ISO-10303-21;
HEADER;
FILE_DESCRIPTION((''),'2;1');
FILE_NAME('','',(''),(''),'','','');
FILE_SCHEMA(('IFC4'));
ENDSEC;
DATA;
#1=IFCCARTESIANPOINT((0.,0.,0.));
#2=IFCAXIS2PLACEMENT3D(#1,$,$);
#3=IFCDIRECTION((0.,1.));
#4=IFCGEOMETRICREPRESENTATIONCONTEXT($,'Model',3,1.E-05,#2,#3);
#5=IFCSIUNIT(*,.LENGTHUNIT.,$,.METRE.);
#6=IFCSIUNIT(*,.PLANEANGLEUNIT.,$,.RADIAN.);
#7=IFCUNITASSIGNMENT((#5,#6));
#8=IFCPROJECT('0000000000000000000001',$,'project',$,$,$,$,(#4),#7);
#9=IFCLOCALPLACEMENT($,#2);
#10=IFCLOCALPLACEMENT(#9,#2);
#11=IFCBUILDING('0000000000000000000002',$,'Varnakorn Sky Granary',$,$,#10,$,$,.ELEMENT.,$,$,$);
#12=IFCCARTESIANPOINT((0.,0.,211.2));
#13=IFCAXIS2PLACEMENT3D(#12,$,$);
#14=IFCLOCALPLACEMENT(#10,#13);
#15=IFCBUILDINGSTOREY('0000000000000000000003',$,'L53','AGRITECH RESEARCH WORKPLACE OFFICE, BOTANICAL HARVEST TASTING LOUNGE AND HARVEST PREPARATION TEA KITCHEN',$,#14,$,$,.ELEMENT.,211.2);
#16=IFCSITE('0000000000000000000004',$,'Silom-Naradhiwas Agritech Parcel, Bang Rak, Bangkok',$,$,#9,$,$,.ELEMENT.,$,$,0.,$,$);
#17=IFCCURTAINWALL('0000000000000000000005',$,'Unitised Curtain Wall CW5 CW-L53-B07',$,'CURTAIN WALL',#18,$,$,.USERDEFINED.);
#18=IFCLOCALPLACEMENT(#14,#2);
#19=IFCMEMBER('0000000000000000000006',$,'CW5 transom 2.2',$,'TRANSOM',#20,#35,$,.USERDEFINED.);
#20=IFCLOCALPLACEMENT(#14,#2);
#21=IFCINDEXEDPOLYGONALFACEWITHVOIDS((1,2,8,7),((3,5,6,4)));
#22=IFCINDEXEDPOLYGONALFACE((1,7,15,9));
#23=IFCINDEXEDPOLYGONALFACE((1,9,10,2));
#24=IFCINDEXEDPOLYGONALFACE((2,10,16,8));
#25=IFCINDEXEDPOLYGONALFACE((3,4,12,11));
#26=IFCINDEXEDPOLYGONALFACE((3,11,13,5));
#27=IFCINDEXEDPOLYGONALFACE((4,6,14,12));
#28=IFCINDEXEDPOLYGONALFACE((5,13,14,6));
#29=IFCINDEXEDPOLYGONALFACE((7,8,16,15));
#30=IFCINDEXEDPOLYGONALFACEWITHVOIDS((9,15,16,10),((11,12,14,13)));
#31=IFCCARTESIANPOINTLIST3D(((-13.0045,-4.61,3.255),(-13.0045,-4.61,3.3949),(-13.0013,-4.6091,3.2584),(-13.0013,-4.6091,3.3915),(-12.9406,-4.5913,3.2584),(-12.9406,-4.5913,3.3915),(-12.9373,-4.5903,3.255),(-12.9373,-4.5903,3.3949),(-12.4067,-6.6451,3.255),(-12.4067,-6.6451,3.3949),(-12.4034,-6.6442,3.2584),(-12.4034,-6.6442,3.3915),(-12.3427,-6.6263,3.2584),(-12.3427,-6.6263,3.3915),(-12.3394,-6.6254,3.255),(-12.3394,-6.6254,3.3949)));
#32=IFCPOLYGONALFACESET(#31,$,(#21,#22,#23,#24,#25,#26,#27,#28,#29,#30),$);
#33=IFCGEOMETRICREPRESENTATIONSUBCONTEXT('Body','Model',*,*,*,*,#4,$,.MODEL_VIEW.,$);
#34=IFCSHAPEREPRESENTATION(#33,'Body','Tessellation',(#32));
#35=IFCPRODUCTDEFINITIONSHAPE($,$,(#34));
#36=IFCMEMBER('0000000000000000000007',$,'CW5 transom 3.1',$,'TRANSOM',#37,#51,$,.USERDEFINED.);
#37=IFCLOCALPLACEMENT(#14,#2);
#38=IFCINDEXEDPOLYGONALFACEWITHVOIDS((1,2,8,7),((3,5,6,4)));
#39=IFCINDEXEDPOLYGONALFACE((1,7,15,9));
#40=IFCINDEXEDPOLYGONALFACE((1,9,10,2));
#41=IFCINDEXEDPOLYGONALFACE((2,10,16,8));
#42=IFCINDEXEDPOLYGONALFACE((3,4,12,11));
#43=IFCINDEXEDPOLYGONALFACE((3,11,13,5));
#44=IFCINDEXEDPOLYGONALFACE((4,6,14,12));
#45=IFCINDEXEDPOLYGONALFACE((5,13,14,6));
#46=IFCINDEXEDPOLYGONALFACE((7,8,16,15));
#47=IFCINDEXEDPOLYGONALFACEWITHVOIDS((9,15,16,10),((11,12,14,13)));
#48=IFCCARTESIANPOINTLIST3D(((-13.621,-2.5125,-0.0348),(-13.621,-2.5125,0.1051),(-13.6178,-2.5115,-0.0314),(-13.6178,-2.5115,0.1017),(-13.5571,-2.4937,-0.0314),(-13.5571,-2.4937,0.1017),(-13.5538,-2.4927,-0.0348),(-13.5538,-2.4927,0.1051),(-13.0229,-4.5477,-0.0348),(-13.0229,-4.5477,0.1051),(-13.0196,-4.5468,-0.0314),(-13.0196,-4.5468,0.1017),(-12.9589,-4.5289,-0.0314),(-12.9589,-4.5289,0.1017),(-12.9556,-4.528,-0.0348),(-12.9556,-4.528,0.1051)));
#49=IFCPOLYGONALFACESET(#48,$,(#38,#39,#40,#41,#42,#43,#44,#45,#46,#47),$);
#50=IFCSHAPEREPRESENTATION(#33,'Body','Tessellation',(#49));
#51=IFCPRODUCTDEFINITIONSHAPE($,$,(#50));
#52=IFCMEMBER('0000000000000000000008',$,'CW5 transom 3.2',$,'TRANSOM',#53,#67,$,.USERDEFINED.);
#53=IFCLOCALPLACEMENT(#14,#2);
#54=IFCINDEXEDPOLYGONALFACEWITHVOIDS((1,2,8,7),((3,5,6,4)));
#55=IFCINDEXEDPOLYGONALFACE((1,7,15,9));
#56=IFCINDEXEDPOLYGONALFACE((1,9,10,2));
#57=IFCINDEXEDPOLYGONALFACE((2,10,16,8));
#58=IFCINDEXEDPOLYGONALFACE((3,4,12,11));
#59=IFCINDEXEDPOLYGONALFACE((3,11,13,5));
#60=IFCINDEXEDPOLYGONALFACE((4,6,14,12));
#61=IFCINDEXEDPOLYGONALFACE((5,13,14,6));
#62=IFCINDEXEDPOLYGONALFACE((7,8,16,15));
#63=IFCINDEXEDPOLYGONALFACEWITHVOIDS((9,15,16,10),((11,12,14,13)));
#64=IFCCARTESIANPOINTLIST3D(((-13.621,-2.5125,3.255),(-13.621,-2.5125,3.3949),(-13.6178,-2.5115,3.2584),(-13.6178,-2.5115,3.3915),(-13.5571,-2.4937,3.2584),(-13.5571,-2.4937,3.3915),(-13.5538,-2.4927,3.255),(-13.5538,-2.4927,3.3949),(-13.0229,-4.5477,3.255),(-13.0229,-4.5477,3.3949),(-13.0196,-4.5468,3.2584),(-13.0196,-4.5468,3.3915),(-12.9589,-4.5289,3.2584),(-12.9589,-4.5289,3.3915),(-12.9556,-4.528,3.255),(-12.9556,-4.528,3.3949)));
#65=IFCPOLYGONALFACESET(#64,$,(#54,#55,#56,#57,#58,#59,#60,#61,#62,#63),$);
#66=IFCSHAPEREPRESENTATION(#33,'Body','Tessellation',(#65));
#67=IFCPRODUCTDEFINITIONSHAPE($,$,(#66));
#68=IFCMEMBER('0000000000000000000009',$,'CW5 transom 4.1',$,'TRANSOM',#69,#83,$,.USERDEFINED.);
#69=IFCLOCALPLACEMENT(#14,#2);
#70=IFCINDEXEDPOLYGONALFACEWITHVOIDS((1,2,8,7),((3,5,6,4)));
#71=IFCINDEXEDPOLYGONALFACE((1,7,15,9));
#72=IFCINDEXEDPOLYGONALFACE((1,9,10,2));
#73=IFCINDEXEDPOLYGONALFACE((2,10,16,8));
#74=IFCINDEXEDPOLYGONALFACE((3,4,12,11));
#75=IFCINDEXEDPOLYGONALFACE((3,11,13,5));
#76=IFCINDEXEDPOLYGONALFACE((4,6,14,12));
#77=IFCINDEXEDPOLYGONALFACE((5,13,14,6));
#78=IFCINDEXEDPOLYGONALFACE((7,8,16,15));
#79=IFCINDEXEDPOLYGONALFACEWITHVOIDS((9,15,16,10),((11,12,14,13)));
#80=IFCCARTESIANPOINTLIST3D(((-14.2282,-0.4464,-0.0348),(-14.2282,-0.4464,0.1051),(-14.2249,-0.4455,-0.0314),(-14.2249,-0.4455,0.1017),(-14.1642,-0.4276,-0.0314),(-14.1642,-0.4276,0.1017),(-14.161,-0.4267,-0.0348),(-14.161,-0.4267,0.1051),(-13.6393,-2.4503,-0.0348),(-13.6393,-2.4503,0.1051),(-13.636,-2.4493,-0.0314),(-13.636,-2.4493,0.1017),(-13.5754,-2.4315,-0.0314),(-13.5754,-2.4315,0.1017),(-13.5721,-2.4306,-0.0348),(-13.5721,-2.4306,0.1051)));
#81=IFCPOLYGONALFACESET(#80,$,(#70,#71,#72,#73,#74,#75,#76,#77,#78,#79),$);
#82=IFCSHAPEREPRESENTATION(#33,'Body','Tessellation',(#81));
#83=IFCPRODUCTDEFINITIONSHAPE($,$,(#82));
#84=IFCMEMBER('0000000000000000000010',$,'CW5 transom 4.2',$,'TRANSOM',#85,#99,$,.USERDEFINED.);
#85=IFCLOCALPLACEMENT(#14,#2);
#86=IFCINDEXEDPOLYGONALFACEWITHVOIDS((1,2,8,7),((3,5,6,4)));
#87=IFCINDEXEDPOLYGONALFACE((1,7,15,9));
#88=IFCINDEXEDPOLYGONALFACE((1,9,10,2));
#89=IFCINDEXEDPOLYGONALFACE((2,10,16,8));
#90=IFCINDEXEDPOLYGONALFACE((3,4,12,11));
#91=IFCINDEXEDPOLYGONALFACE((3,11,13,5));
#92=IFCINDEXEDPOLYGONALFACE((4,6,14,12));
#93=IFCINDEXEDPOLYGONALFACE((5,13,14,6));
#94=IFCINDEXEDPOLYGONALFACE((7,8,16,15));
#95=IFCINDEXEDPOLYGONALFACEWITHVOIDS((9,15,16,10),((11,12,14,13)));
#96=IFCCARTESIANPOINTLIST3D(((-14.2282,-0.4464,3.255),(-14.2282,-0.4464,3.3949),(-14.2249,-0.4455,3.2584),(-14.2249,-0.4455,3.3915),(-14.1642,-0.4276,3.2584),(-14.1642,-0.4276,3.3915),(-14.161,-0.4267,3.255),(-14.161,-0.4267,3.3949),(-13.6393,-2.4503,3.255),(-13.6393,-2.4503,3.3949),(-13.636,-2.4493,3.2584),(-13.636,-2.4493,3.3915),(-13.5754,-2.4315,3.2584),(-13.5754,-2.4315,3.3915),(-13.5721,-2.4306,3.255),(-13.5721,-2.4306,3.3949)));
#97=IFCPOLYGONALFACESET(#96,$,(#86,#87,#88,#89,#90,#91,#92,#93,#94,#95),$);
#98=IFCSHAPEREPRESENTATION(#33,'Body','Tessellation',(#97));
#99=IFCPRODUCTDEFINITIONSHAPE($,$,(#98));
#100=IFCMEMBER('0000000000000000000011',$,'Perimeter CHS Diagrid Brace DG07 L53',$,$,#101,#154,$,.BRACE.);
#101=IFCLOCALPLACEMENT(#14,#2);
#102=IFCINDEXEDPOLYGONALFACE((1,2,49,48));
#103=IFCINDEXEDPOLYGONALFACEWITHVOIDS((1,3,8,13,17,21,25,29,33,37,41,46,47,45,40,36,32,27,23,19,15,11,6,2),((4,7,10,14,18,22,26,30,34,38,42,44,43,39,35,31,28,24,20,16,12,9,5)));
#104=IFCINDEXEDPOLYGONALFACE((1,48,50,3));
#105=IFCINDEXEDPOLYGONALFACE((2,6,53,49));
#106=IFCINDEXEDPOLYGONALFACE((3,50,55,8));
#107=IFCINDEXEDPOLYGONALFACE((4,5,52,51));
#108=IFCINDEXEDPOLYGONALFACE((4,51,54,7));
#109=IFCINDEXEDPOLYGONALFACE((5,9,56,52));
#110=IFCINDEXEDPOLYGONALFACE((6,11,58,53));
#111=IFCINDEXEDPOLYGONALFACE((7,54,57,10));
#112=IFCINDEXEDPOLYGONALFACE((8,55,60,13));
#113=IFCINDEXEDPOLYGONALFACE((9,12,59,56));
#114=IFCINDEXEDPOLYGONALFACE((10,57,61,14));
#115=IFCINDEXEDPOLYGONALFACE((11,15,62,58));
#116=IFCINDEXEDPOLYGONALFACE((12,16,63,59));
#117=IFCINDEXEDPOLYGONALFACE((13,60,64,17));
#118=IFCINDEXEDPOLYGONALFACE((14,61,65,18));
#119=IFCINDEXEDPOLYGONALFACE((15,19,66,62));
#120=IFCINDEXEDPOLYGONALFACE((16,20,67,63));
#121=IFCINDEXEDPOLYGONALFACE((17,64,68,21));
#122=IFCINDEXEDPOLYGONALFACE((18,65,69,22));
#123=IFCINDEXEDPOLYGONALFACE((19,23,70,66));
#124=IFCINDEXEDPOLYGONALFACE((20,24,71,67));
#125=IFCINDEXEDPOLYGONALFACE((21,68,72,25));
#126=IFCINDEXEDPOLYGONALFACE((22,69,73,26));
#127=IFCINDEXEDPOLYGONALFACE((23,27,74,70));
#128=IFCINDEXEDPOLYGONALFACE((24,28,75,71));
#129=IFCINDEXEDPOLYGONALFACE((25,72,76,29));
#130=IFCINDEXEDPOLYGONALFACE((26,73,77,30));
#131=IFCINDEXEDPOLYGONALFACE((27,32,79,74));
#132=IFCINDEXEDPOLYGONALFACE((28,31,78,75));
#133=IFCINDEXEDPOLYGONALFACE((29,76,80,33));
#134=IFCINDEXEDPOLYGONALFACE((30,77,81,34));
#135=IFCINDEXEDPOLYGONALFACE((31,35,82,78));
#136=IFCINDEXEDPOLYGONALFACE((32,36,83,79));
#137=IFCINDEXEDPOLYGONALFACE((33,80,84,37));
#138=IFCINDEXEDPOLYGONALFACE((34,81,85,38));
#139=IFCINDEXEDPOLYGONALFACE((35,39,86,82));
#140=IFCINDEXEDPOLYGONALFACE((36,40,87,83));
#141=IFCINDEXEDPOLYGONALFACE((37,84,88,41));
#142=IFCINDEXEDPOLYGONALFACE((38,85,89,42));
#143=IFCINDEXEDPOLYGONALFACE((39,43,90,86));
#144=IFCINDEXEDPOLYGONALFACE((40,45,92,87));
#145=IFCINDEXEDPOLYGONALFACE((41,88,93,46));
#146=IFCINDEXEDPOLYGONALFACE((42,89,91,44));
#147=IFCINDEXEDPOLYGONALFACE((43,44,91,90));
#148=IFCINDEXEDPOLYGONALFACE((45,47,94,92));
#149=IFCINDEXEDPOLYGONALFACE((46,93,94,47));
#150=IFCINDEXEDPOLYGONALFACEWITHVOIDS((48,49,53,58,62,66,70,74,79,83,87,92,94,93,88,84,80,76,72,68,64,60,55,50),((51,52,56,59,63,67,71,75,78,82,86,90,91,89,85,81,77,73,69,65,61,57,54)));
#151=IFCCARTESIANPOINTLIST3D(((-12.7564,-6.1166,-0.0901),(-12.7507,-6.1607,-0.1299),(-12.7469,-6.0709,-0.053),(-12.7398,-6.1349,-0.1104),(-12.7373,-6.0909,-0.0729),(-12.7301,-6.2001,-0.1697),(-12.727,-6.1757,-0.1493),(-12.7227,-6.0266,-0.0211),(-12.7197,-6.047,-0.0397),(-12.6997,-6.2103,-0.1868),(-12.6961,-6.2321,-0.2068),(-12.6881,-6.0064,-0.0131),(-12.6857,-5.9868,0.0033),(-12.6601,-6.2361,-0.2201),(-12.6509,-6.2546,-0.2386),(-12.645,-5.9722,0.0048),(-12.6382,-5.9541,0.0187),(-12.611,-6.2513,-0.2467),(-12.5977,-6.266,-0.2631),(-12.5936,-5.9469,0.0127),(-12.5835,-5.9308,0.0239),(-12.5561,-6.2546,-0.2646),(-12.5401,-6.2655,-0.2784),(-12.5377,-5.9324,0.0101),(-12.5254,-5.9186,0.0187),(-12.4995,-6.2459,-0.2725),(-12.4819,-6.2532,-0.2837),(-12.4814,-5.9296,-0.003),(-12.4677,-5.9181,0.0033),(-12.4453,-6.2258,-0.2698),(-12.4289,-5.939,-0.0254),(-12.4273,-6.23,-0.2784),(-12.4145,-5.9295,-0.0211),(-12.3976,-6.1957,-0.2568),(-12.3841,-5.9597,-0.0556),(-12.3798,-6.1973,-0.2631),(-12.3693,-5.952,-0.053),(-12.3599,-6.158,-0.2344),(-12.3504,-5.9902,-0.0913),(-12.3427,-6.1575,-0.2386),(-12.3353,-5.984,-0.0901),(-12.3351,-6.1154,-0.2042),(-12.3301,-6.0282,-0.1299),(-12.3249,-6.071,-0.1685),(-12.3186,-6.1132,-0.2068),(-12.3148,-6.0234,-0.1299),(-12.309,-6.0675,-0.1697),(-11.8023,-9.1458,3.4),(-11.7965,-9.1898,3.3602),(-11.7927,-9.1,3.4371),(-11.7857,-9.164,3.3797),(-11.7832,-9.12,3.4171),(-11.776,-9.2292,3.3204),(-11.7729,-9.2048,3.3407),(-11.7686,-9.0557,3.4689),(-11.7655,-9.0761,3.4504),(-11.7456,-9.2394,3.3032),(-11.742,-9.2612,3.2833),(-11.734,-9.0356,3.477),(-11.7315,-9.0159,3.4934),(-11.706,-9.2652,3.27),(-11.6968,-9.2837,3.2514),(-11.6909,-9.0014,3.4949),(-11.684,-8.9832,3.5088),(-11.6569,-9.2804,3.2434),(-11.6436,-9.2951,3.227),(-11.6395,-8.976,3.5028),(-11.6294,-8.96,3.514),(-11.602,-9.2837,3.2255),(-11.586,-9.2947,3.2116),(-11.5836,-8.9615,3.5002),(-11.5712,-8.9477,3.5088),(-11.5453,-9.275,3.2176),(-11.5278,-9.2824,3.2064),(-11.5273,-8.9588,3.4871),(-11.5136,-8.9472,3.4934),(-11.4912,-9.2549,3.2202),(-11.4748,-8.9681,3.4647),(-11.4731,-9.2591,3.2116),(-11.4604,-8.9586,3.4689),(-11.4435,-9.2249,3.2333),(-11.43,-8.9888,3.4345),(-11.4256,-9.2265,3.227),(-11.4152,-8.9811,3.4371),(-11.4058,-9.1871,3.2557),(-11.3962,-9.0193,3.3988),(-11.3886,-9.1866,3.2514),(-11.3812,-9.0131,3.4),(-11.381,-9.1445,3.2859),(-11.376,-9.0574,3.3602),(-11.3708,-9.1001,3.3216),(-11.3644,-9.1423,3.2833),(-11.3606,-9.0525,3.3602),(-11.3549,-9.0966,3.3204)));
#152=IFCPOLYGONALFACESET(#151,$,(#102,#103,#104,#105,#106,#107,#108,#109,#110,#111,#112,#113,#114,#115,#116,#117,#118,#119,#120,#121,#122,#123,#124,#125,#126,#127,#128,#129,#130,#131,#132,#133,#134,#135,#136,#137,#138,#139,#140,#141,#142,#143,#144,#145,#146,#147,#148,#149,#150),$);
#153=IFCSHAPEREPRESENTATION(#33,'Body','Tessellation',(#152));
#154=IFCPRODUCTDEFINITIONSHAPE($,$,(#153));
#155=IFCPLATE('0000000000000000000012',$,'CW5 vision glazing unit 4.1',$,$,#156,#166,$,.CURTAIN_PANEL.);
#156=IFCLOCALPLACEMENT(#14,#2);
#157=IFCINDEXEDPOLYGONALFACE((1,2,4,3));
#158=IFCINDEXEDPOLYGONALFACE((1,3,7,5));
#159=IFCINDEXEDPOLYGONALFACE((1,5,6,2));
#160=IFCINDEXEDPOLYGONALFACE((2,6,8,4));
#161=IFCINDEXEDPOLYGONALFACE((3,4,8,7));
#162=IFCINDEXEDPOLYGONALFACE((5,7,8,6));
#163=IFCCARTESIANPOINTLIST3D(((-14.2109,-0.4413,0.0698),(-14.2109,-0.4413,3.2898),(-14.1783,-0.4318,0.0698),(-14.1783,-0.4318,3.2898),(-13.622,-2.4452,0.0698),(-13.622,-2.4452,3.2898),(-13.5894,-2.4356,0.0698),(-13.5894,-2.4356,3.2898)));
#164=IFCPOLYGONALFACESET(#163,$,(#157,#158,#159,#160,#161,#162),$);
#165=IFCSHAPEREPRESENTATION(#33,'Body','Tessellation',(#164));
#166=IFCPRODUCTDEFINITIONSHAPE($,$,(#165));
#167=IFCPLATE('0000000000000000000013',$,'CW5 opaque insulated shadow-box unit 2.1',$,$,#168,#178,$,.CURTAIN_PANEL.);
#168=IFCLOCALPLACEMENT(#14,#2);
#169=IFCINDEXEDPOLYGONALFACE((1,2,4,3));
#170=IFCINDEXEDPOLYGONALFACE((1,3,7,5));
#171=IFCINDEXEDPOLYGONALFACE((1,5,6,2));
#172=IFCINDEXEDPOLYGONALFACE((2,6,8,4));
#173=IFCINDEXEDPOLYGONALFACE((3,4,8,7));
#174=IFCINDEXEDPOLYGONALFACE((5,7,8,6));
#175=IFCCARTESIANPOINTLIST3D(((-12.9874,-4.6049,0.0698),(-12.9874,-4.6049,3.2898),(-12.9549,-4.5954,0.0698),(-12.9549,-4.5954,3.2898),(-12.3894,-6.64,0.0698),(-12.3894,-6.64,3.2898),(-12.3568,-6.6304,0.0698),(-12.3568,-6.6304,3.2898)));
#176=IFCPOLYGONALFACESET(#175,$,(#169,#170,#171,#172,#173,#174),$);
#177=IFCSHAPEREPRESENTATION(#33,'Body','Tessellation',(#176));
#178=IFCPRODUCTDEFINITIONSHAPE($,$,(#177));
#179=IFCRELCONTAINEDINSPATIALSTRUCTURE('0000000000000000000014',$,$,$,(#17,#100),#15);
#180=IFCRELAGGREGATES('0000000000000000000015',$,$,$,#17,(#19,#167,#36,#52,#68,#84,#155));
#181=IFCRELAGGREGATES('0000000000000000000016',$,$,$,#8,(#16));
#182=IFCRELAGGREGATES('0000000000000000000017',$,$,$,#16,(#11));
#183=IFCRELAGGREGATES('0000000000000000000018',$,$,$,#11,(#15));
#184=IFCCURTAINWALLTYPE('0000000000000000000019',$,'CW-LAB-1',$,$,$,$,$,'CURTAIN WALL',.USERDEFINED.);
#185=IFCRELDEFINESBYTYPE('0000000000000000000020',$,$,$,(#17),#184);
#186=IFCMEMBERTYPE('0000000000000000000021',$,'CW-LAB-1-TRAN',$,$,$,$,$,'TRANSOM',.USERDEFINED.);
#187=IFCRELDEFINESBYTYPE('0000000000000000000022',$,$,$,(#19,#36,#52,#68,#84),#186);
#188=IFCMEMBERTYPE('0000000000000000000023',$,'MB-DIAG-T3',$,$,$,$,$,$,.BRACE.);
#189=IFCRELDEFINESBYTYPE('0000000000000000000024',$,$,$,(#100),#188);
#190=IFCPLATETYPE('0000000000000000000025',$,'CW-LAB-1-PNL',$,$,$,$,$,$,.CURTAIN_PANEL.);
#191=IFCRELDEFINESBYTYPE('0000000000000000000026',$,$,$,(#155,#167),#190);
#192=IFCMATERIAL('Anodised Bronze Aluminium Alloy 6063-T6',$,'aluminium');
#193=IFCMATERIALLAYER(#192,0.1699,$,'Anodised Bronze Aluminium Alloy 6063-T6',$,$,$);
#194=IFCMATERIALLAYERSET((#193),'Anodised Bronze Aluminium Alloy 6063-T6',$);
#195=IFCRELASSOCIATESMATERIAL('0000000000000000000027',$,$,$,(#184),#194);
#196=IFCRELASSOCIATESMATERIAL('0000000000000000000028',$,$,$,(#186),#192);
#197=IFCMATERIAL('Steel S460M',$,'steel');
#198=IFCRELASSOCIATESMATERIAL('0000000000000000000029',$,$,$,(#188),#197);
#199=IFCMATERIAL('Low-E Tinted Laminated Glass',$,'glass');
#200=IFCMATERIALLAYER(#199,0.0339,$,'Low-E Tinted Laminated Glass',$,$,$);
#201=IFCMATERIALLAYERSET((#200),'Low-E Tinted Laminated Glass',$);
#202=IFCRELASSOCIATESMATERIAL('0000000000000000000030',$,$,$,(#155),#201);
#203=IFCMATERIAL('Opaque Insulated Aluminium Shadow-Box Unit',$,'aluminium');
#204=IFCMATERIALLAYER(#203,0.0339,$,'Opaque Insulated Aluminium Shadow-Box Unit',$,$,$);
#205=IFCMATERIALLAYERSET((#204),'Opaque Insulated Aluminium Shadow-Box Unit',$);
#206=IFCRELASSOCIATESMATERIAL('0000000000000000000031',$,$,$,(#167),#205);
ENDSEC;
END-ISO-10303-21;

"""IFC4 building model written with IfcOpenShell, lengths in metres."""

from ifc_helpers import new_model, si_unit, direction, frame, origin, origin_2d, place, context, subcontext, project, spatial, rectangle, hollow_rectangle, hollow_circle, extrude, source, transform, mapped, material, layer, layer_set, material_profile, profile_set, type_object, type_shapes, element, aggregate, save


model = new_model("IFC4")

# Units and contexts
model_context = context("Model", 3, precision=1e-05, world=origin(), true_north=direction((0.0, 1.0)))
body_context = subcontext(model_context, "Body", "Model", "MODEL_VIEW")
ifc_project = project(units=[si_unit("LENGTHUNIT", "METRE"), si_unit("PLANEANGLEUNIT", "RADIAN")], contexts=[model_context])

# Site, building, storey
site_placement = place(None, origin())
site = spatial("IfcSite", under=ifc_project, at=site_placement, Name="Silom-Naradhiwas Agritech Parcel, Bang Rak, Bangkok", CompositionType="ELEMENT", RefElevation=0.0)
building_placement = place(site_placement, origin())
building = spatial("IfcBuilding", under=site, at=building_placement, Name="Varnakorn Sky Granary", CompositionType="ELEMENT")
storey_placement = place(building_placement, frame((0.0, 0.0, 211.2)))
storey = spatial("IfcBuildingStorey", under=building, at=storey_placement, Name="L53", Description="AGRITECH RESEARCH WORKPLACE OFFICE, BOTANICAL HARVEST TASTING LOUNGE AND HARVEST PREPARATION TEA KITCHEN", CompositionType="ELEMENT", Elevation=211.2)

# Shared definitions
ifc_material_1 = material(Name="Steel S460M", Category="steel")

# Curtain wall, members
ifc_material_2 = material(Name="Anodised Bronze Aluminium Alloy 6063-T6", Category="aluminium")
ifc_layer_1 = layer(ifc_material_2, 0.1699, Name="Anodised Bronze Aluminium Alloy 6063-T6")
ifc_layer_set_1 = layer_set([ifc_layer_1], Name="Anodised Bronze Aluminium Alloy 6063-T6")
curtain_wall_type = type_object("IfcCurtainWallType", Name="CW-LAB-1", ElementType="CURTAIN WALL", PredefinedType="USERDEFINED", material=ifc_layer_set_1)
curtain_wall_placement = place(storey_placement, origin())
curtain_wall = element("IfcCurtainWall", 1, at=curtain_wall_placement, inside=storey, type_object=curtain_wall_type, Name="Unitised Curtain Wall CW5 CW-L53-B07", ObjectType="CURTAIN WALL", PredefinedType="USERDEFINED")
ifc_material_profile_1 = material_profile(ifc_material_2, hollow_rectangle(XDim=0.0701, YDim=0.1399, WallThickness=0.0034, at=origin_2d()), Name="ALU TRAN 70x140")
ifc_profile_set_1 = profile_set([ifc_material_profile_1], Name="Anodised Bronze Aluminium Alloy 6063-T6")
member_type_1 = type_object("IfcMemberType", Name="CW-LAB-1-TRAN", ElementType="TRANSOM", PredefinedType="USERDEFINED", material=ifc_profile_set_1)
member_1_placement = place(storey_placement, frame((-12.373, -6.6353, 3.325), z_axis=(-0.281873, 0.959452, 0.0), x_axis=(-0.959452, -0.281873, 0.0)))
member_1 = element("IfcMember", 2, at=member_1_placement, type_object=member_type_1, Name="CW5 transom 2.2", ObjectType="TRANSOM", PredefinedType="USERDEFINED", context=body_context, shape_type="SweptSolid", body=[
    extrude(hollow_rectangle(XDim=0.0701, YDim=0.1399, WallThickness=0.0034, at=origin_2d()), origin(), (0.0, 0.0, 1.0), 2.1211),
])
member_2_placement = place(storey_placement, frame((-12.9893, -4.5378, 0.0352), z_axis=(-0.281979, 0.95942, 0.0), x_axis=(-0.95942, -0.281979, 0.0)))
member_2 = element("IfcMember", 3, at=member_2_placement, type_object=member_type_1, Name="CW5 transom 3.1", ObjectType="TRANSOM", PredefinedType="USERDEFINED", context=body_context, shape_type="SweptSolid", body=[
    extrude(hollow_rectangle(XDim=0.0701, YDim=0.1399, WallThickness=0.0034, at=origin_2d()), origin(), (0.0, 0.0, 1.0), 2.1213),
])
member_3_placement = place(storey_placement, frame((-12.9893, -4.5378, 3.325), z_axis=(-0.281979, 0.95942, 0.0), x_axis=(-0.95942, -0.281979, 0.0)))
member_3 = element("IfcMember", 4, at=member_3_placement, type_object=member_type_1, Name="CW5 transom 3.2", ObjectType="TRANSOM", PredefinedType="USERDEFINED", context=body_context, shape_type="SweptSolid", body=[
    extrude(hollow_rectangle(XDim=0.0701, YDim=0.1399, WallThickness=0.0034, at=origin_2d()), origin(), (0.0, 0.0, 1.0), 2.1213),
])
member_4_placement = place(storey_placement, frame((-13.6057, -2.4404, 0.0352), z_axis=(-0.281938, 0.959432, 0.0), x_axis=(-0.959432, -0.281938, 0.0)))
member_4 = element("IfcMember", 5, at=member_4_placement, type_object=member_type_1, Name="CW5 transom 4.1", ObjectType="TRANSOM", PredefinedType="USERDEFINED", context=body_context, shape_type="SweptSolid", body=[
    extrude(hollow_rectangle(XDim=0.0701, YDim=0.1399, WallThickness=0.0034, at=origin_2d()), origin(), (0.0, 0.0, 1.0), 2.0886),
])
member_5_placement = place(storey_placement, frame((-13.6057, -2.4404, 3.325), z_axis=(-0.281938, 0.959432, 0.0), x_axis=(-0.959432, -0.281938, 0.0)))
member_5 = element("IfcMember", 6, at=member_5_placement, type_object=member_type_1, Name="CW5 transom 4.2", ObjectType="TRANSOM", PredefinedType="USERDEFINED", context=body_context, shape_type="SweptSolid", body=[
    extrude(hollow_rectangle(XDim=0.0701, YDim=0.1399, WallThickness=0.0034, at=origin_2d()), origin(), (0.0, 0.0, 1.0), 2.0886),
])

# Member
ifc_material_profile_2 = material_profile(ifc_material_1, hollow_circle(Radius=0.2285, WallThickness=0.0161, at=origin_2d()), Name="CHS 457x16")
ifc_profile_set_2 = profile_set([ifc_material_profile_2], Name="Steel S460M")
member_type_2 = type_object("IfcMemberType", Name="MB-DIAG-T3", PredefinedType="BRACE", material=ifc_profile_set_2)
member_6_placement = place(storey_placement, frame((-12.5327, -6.092, -0.1299), z_axis=(0.202199, -0.641934, 0.739619), x_axis=(0.953803, 0.300432, 0.0)))
element("IfcMember", 7, at=member_6_placement, inside=storey, type_object=member_type_2, Name="Perimeter CHS Diagrid Brace DG07 L53", PredefinedType="BRACE", context=body_context, shape_type="SweptSolid", body=[
    extrude(hollow_circle(Radius=0.2285, WallThickness=0.0161, at=origin_2d()), origin(), (0.0, 0.0, 1.0), 4.7188),
])

# Plates
ifc_material_3 = material(Name="Low-E Tinted Laminated Glass", Category="glass")
ifc_layer_2 = layer(ifc_material_3, 0.0339, Name="Low-E Tinted Laminated Glass")
ifc_layer_set_2 = layer_set([ifc_layer_2], Name="Low-E Tinted Laminated Glass")
plate_type = type_object("IfcPlateType", Name="CW-LAB-1-PNL", PredefinedType="CURTAIN_PANEL")
shared_shape_1 = source(origin(), body_context, "Body", "SweptSolid", [
    extrude(rectangle(XDim=2.0886, YDim=0.0339, at=origin_2d()), origin(), (0.0, 0.0, 1.0), 3.22),
])
plate_1_placement = place(storey_placement, frame((-13.9001, -1.4385, 0.0698), z_axis=(0.0, 0.0, 1.0), x_axis=(-0.281963, 0.959425, 0.0)))
plate_1 = element("IfcPlate", 8, at=plate_1_placement, type_object=plate_type, material=ifc_layer_set_2, Name="CW5 vision glazing unit 4.1", PredefinedType="CURTAIN_PANEL", context=body_context, shape_type="MappedRepresentation", body=[
    mapped(shared_shape_1, transform((0.0, 0.0, 0.0), x_axis=(1.0, 0.0, 0.0), y_axis=(0.0, 1.0, 0.0), z_axis=(0.0, 0.0, 1.0), scale=1.0)),
])
ifc_material_4 = material(Name="Opaque Insulated Aluminium Shadow-Box Unit", Category="aluminium")
ifc_layer_3 = layer(ifc_material_4, 0.0339, Name="Opaque Insulated Aluminium Shadow-Box Unit")
ifc_layer_set_3 = layer_set([ifc_layer_3], Name="Opaque Insulated Aluminium Shadow-Box Unit")
shared_shape_2 = source(origin(), body_context, "Body", "SweptSolid", [
    extrude(rectangle(XDim=2.1211, YDim=0.0339, at=origin_2d()), origin(), (0.0, 0.0, 1.0), 3.22),
])
type_shapes(plate_type, [shared_shape_1, shared_shape_2])
plate_2_placement = place(storey_placement, frame((-12.6721, -5.6177, 0.0698), z_axis=(0.0, 0.0, 1.0), x_axis=(-0.281963, 0.959425, 0.0)))
plate_2 = element("IfcPlate", 9, at=plate_2_placement, type_object=plate_type, material=ifc_layer_set_3, Name="CW5 opaque insulated shadow-box unit 2.1", PredefinedType="CURTAIN_PANEL", context=body_context, shape_type="MappedRepresentation", body=[
    mapped(shared_shape_2, transform((0.0, 0.0, 0.0), x_axis=(1.0, 0.0, 0.0), y_axis=(0.0, 1.0, 0.0), z_axis=(0.0, 0.0, 1.0), scale=1.0)),
])
aggregate(curtain_wall, [member_1, plate_2, member_2, member_3, member_4, member_5, plate_1])

save(model, "model.ifc")
